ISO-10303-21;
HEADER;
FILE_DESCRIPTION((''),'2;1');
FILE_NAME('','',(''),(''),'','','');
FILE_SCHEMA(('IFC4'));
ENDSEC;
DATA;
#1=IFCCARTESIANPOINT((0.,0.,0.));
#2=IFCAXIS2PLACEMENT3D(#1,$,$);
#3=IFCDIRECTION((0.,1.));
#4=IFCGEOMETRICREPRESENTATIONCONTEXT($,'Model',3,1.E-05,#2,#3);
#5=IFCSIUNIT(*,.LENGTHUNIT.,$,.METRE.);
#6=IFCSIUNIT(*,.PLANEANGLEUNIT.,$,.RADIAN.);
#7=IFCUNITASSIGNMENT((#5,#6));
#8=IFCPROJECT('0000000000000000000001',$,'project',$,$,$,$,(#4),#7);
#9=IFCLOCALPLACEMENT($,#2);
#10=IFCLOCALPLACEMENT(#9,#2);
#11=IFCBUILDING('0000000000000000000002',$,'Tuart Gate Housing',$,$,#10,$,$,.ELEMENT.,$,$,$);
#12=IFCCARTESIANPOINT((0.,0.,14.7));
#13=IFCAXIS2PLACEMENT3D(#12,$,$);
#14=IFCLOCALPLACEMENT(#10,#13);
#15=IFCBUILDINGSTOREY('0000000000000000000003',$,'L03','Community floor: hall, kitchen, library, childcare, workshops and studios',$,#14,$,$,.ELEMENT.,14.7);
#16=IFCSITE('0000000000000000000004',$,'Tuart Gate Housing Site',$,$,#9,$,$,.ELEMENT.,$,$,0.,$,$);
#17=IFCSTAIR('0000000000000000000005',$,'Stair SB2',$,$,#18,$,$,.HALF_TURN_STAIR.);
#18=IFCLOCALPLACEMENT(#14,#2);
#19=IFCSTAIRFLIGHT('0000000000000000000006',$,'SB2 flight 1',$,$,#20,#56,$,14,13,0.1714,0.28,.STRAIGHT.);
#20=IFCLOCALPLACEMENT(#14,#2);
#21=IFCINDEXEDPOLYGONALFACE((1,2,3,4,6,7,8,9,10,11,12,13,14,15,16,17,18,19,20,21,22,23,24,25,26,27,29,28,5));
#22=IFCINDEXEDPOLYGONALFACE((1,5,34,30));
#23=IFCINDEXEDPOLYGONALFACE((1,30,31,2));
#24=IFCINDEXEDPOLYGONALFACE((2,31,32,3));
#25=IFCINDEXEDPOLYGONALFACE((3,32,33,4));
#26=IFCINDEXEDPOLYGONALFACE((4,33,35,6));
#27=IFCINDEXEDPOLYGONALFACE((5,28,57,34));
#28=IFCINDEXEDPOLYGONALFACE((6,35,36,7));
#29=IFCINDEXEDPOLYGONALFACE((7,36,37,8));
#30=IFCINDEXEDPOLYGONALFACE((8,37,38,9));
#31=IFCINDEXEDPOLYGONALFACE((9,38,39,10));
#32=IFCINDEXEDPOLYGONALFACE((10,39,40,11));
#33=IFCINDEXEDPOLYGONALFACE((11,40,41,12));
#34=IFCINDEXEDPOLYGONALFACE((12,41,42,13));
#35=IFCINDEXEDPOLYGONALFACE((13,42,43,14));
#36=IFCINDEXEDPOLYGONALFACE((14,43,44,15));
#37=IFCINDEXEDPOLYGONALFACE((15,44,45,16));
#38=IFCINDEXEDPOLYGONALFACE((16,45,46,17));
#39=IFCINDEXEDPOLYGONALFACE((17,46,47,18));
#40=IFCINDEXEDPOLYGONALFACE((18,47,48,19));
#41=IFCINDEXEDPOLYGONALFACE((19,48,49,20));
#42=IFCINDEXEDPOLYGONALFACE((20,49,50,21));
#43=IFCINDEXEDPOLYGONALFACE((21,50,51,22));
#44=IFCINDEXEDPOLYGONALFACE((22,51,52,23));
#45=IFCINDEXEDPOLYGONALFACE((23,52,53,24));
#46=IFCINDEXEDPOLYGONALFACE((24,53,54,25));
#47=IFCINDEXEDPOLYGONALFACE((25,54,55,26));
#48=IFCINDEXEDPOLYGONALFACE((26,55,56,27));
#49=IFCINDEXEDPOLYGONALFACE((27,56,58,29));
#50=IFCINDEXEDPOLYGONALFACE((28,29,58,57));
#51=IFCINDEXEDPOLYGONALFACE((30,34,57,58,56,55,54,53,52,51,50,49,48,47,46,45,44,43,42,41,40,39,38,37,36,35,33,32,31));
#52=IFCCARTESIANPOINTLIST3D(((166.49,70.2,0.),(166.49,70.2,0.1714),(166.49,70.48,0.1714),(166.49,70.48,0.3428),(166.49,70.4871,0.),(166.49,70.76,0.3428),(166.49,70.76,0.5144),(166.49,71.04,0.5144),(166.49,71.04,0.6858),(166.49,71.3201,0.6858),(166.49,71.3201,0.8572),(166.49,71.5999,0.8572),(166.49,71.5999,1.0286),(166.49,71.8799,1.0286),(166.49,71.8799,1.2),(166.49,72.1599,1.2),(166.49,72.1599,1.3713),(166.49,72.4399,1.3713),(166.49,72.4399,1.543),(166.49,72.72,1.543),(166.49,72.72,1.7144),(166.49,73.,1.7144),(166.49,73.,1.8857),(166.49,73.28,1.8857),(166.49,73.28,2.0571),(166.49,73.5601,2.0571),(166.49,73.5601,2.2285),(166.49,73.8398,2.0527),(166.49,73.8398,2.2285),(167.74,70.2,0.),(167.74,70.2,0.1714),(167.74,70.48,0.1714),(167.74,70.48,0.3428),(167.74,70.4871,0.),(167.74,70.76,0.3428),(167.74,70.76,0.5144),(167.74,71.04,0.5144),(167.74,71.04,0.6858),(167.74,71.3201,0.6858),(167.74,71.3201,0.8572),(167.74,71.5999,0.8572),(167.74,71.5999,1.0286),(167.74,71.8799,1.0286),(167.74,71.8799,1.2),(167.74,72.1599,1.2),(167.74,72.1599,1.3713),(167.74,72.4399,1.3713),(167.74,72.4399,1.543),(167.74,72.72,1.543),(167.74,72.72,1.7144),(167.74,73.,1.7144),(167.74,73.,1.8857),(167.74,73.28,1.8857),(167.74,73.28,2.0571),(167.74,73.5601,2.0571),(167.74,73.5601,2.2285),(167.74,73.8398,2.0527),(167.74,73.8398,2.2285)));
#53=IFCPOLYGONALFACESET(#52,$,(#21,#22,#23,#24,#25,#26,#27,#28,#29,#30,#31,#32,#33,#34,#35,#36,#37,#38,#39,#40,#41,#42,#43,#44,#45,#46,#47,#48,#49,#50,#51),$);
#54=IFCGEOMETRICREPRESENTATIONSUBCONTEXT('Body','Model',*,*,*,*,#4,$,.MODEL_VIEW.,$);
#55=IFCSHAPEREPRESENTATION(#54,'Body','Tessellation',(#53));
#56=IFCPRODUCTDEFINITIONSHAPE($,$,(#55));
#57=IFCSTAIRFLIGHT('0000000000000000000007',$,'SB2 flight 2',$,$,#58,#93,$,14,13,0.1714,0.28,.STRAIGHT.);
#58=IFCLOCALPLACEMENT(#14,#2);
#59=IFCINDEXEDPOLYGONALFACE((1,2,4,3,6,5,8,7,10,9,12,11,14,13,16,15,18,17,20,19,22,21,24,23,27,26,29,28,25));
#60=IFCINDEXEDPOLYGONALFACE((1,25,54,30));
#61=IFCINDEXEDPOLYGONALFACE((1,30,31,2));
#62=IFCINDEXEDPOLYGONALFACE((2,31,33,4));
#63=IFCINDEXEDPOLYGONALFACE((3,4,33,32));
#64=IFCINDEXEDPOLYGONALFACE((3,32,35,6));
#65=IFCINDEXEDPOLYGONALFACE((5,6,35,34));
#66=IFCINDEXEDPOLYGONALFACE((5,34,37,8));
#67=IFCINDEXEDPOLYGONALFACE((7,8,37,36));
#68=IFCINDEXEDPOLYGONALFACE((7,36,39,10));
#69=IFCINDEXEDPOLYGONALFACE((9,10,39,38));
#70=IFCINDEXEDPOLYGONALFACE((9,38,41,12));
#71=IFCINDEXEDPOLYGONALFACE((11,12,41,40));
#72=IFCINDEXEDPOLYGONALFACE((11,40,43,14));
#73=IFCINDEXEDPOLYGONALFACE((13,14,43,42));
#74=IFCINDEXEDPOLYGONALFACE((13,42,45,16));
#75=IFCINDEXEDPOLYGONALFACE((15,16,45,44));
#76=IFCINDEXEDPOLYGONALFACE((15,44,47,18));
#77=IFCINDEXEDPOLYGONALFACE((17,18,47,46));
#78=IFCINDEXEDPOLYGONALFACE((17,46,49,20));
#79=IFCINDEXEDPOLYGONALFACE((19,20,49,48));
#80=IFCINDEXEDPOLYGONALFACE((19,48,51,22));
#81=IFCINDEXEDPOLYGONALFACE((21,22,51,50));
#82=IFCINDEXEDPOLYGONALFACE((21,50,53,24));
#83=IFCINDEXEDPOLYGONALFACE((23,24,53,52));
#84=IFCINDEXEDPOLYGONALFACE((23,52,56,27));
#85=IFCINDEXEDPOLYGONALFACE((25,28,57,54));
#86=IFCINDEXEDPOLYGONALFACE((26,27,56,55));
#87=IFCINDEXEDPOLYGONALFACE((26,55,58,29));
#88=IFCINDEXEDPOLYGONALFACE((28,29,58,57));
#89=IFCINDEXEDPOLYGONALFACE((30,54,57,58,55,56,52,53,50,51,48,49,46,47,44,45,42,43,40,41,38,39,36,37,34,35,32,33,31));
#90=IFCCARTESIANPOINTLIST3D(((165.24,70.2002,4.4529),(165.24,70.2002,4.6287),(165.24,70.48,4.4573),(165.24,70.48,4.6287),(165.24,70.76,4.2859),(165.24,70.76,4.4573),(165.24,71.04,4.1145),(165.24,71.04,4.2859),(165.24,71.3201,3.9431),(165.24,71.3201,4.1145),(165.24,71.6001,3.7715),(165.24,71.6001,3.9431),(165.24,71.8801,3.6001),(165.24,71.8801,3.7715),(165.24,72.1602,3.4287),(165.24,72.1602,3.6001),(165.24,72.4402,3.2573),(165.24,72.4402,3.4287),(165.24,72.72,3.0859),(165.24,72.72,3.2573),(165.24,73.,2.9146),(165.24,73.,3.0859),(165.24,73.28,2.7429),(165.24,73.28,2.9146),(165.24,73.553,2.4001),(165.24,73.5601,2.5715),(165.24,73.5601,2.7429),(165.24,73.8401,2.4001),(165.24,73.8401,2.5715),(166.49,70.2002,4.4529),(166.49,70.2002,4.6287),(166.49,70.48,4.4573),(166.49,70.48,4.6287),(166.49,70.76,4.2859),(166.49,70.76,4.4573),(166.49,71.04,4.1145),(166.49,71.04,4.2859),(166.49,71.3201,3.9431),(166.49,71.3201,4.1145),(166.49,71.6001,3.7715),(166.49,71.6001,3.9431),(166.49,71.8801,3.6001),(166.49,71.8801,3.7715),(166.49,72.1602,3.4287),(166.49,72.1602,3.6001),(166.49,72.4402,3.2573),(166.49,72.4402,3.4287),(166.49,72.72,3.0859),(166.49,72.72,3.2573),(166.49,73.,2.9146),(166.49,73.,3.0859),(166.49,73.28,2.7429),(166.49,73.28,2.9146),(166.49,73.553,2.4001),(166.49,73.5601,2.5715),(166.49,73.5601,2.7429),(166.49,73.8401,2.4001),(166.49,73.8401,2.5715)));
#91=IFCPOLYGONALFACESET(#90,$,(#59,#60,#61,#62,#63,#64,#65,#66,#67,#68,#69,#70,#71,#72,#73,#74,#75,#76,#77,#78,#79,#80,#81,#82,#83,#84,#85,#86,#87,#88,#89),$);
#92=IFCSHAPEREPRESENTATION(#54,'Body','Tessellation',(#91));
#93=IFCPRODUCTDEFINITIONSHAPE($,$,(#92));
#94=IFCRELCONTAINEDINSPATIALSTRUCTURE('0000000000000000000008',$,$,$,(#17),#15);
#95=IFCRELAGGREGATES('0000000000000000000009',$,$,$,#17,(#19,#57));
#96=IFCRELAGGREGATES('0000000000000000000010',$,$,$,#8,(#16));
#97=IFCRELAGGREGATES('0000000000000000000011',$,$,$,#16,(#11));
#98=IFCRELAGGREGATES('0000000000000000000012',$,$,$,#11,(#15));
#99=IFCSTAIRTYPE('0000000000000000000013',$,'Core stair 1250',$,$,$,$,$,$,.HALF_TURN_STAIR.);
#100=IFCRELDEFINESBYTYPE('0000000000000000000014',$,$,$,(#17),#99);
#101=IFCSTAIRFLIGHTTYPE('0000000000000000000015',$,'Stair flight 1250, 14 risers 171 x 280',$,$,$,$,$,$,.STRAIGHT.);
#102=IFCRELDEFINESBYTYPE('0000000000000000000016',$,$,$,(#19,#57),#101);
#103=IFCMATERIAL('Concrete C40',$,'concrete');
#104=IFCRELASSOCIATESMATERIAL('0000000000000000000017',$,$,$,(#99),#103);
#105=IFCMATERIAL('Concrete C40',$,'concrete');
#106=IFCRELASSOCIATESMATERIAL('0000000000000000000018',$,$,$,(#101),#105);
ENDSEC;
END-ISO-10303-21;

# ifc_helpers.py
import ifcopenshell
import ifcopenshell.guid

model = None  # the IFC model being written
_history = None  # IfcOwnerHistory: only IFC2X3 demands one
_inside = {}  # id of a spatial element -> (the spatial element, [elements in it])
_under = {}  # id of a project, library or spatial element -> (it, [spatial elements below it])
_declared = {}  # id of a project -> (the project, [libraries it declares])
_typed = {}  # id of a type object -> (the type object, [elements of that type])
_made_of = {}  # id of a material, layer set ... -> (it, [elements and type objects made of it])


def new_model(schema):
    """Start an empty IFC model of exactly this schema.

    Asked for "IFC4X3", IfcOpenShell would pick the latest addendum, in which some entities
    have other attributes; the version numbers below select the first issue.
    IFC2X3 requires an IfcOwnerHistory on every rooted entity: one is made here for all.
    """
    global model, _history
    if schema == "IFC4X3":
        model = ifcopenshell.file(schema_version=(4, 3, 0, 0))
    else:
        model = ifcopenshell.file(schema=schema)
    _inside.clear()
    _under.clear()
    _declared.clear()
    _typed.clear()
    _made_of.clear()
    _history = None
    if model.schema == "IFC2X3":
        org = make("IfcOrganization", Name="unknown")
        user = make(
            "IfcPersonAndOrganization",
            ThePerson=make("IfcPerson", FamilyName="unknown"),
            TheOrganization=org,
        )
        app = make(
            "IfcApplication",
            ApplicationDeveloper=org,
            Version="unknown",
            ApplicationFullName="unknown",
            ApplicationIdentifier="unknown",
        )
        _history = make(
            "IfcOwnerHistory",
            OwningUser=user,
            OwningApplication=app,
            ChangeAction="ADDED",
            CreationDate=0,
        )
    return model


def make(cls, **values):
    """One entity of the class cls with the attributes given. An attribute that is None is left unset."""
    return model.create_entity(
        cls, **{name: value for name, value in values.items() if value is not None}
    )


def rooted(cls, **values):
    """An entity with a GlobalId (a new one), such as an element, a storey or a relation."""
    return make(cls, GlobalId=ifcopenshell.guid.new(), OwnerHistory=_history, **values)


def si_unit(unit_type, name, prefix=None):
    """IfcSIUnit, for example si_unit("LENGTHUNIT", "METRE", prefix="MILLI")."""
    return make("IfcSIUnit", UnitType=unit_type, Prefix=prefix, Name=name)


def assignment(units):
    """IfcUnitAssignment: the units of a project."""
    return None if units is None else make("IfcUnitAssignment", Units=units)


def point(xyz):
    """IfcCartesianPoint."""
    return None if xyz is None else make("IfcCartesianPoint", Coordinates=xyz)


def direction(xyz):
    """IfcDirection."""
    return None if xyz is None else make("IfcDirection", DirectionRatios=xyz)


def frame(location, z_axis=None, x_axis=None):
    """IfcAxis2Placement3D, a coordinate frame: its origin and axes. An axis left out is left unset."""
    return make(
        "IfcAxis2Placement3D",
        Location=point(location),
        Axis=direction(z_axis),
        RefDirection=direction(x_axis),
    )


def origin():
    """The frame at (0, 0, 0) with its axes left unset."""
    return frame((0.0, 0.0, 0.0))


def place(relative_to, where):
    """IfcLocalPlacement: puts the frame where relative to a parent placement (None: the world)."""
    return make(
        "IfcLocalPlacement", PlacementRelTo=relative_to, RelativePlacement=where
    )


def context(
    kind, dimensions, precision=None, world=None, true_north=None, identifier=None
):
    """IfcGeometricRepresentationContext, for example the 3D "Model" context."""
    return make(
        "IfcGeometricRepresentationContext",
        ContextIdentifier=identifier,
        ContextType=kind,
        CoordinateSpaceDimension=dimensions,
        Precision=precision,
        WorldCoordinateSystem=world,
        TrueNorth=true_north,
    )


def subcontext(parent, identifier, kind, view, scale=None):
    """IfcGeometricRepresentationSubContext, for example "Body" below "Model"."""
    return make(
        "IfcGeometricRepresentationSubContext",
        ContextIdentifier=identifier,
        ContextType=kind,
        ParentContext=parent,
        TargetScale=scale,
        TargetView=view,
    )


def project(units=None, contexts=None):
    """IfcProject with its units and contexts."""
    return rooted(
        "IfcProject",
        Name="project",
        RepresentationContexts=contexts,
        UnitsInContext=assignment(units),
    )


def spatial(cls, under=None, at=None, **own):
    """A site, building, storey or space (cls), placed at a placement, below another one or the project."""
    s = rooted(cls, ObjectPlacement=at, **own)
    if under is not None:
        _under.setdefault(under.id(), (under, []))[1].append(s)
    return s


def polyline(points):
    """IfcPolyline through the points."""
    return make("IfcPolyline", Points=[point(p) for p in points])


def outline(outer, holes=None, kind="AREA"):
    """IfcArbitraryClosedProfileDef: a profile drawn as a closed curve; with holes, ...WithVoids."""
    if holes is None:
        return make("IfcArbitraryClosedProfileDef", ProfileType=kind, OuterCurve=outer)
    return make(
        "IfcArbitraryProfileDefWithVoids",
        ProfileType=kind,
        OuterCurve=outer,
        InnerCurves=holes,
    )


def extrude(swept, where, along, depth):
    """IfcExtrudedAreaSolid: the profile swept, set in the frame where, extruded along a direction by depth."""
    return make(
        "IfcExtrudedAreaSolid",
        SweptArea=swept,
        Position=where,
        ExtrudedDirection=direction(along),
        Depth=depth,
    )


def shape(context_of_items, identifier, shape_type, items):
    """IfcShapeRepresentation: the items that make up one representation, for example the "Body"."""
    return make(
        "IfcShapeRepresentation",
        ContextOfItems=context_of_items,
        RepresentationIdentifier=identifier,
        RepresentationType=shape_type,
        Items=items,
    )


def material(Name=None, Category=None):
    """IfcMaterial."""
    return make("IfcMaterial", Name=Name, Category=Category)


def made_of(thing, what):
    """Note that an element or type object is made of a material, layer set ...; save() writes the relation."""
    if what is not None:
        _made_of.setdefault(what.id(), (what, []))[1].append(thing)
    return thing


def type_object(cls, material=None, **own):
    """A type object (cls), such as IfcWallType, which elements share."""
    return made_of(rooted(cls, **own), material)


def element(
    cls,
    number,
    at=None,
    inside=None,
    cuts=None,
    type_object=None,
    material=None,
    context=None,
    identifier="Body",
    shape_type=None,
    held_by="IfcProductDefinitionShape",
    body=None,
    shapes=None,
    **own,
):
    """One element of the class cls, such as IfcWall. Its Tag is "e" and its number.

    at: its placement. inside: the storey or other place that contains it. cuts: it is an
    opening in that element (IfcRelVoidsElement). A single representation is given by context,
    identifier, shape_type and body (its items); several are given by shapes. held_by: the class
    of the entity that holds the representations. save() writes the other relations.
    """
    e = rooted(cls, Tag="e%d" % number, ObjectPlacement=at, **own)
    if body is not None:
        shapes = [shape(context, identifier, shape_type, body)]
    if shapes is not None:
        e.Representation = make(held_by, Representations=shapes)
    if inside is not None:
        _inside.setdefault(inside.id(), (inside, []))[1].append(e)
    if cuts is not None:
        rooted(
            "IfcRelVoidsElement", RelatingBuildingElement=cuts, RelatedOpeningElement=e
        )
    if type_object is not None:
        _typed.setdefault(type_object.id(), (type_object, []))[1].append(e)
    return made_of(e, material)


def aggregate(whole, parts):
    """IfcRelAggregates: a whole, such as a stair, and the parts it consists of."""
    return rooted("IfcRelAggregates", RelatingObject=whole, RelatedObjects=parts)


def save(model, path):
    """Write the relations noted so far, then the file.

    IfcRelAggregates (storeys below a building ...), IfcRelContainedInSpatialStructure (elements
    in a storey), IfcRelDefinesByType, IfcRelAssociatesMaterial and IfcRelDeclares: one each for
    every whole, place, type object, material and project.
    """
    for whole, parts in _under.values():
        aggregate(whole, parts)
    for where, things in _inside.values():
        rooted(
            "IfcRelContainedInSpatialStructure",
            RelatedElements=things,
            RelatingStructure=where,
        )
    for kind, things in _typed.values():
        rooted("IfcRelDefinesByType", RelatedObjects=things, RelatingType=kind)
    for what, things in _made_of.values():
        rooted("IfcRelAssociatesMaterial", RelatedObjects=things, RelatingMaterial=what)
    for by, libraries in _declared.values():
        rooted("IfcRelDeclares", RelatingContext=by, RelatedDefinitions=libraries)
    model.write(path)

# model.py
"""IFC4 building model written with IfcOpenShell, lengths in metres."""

from ifc_helpers import new_model, si_unit, direction, frame, origin, place, context, subcontext, project, spatial, polyline, outline, extrude, material, type_object, element, aggregate, save


model = new_model("IFC4")

# Units and contexts
model_context = context("Model", 3, precision=1e-05, world=origin(), true_north=direction((0.0, 1.0)))
body_context = subcontext(model_context, "Body", "Model", "MODEL_VIEW")
ifc_project = project(units=[si_unit("LENGTHUNIT", "METRE"), si_unit("PLANEANGLEUNIT", "RADIAN")], contexts=[model_context])

# Site, building, storey
site_placement = place(None, origin())
site = spatial("IfcSite", under=ifc_project, at=site_placement, Name="Tuart Gate Housing Site", CompositionType="ELEMENT", RefElevation=0.0)
building_placement = place(site_placement, origin())
building = spatial("IfcBuilding", under=site, at=building_placement, Name="Tuart Gate Housing", CompositionType="ELEMENT")
storey_placement = place(building_placement, frame((0.0, 0.0, 14.7)))
storey = spatial("IfcBuildingStorey", under=building, at=storey_placement, Name="L03", Description="Community floor: hall, kitchen, library, childcare, workshops and studios", CompositionType="ELEMENT", Elevation=14.7)

# Stair, stair flights
ifc_material_1 = material(Name="Concrete C40", Category="concrete")
stair_type = type_object("IfcStairType", Name="Core stair 1250", PredefinedType="HALF_TURN_STAIR", material=ifc_material_1)
stair_placement = place(storey_placement, origin())
stair = element("IfcStair", 1, at=stair_placement, inside=storey, type_object=stair_type, Name="Stair SB2", PredefinedType="HALF_TURN_STAIR")
ifc_material_2 = material(Name="Concrete C40", Category="concrete")
stair_flight_type = type_object("IfcStairFlightType", Name="Stair flight 1250, 14 risers 171 x 280", PredefinedType="STRAIGHT", material=ifc_material_2)
stair_flight_1_placement = place(storey_placement, frame((167.115, 70.2, 0.0), z_axis=(0.0, 0.0, 1.0), x_axis=(0.0, 1.0, 0.0)))
stair_flight_1 = element("IfcStairFlight", 2, at=stair_flight_1_placement, type_object=stair_flight_type, Name="SB2 flight 1", NumberOfRisers=14, NumberOfTreads=13, PredefinedType="STRAIGHT", RiserHeight=0.1714, TreadLength=0.28, context=body_context, shape_type="SweptSolid", body=[
    extrude(outline(polyline([(0.0, 0.0), (0.0, 0.1714), (0.28, 0.1714), (0.28, 0.3428), (0.5601, 0.3428), (0.5601, 0.5144), (0.8401, 0.5144), (0.8401, 0.6858), (1.1201, 0.6858), (1.1201, 0.8572), (1.3999, 0.8572), (1.3999, 1.0286), (1.6799, 1.0286), (1.6799, 1.2), (1.96, 1.2), (1.96, 1.3713), (2.24, 1.3713), (2.24, 1.543), (2.52, 1.543), (2.52, 1.7144), (2.8, 1.7144), (2.8, 1.8857), (3.0801, 1.8857), (3.0801, 2.0571), (3.3601, 2.0571), (3.3601, 2.2285), (3.6399, 2.2285), (3.6399, 2.3999), (3.6399, 2.0527), (0.2871, 0.0), (0.0, 0.0)])), frame((0.0, 0.625, 0.0), z_axis=(0.0, -1.0, 0.0), x_axis=(1.0, 0.0, 0.0)), (0.0, 0.0, 1.0), 1.25),
])
stair_flight_2_placement = place(storey_placement, frame((165.865, 73.8401, 2.4001), z_axis=(0.0, 0.0, 1.0), x_axis=(0.0, -1.0, 0.0)))
stair_flight_2 = element("IfcStairFlight", 3, at=stair_flight_2_placement, type_object=stair_flight_type, Name="SB2 flight 2", NumberOfRisers=14, NumberOfTreads=13, PredefinedType="STRAIGHT", RiserHeight=0.1714, TreadLength=0.28, context=body_context, shape_type="SweptSolid", body=[
    extrude(outline(polyline([(0.0, 0.0), (0.0, 0.1714), (0.28, 0.1714), (0.28, 0.3428), (0.5601, 0.3428), (0.5601, 0.5144), (0.8401, 0.5144), (0.8401, 0.6858), (1.1201, 0.6858), (1.1201, 0.8572), (1.3999, 0.8572), (1.3999, 1.0286), (1.6799, 1.0286), (1.6799, 1.2), (1.96, 1.2), (1.96, 1.3713), (2.24, 1.3713), (2.24, 1.543), (2.52, 1.543), (2.52, 1.7144), (2.8, 1.7144), (2.8, 1.8857), (3.0801, 1.8857), (3.0801, 2.0571), (3.3601, 2.0571), (3.3601, 2.2285), (3.6399, 2.2285), (3.6399, 2.3999), (3.6399, 2.0527), (0.2871, 0.0), (0.0, 0.0)])), frame((0.0, 0.625, 0.0), z_axis=(0.0, -1.0, 0.0), x_axis=(1.0, 0.0, 0.0)), (0.0, 0.0, 1.0), 1.25),
])
aggregate(stair, [stair_flight_1, stair_flight_2])

save(model, "model.ifc")
